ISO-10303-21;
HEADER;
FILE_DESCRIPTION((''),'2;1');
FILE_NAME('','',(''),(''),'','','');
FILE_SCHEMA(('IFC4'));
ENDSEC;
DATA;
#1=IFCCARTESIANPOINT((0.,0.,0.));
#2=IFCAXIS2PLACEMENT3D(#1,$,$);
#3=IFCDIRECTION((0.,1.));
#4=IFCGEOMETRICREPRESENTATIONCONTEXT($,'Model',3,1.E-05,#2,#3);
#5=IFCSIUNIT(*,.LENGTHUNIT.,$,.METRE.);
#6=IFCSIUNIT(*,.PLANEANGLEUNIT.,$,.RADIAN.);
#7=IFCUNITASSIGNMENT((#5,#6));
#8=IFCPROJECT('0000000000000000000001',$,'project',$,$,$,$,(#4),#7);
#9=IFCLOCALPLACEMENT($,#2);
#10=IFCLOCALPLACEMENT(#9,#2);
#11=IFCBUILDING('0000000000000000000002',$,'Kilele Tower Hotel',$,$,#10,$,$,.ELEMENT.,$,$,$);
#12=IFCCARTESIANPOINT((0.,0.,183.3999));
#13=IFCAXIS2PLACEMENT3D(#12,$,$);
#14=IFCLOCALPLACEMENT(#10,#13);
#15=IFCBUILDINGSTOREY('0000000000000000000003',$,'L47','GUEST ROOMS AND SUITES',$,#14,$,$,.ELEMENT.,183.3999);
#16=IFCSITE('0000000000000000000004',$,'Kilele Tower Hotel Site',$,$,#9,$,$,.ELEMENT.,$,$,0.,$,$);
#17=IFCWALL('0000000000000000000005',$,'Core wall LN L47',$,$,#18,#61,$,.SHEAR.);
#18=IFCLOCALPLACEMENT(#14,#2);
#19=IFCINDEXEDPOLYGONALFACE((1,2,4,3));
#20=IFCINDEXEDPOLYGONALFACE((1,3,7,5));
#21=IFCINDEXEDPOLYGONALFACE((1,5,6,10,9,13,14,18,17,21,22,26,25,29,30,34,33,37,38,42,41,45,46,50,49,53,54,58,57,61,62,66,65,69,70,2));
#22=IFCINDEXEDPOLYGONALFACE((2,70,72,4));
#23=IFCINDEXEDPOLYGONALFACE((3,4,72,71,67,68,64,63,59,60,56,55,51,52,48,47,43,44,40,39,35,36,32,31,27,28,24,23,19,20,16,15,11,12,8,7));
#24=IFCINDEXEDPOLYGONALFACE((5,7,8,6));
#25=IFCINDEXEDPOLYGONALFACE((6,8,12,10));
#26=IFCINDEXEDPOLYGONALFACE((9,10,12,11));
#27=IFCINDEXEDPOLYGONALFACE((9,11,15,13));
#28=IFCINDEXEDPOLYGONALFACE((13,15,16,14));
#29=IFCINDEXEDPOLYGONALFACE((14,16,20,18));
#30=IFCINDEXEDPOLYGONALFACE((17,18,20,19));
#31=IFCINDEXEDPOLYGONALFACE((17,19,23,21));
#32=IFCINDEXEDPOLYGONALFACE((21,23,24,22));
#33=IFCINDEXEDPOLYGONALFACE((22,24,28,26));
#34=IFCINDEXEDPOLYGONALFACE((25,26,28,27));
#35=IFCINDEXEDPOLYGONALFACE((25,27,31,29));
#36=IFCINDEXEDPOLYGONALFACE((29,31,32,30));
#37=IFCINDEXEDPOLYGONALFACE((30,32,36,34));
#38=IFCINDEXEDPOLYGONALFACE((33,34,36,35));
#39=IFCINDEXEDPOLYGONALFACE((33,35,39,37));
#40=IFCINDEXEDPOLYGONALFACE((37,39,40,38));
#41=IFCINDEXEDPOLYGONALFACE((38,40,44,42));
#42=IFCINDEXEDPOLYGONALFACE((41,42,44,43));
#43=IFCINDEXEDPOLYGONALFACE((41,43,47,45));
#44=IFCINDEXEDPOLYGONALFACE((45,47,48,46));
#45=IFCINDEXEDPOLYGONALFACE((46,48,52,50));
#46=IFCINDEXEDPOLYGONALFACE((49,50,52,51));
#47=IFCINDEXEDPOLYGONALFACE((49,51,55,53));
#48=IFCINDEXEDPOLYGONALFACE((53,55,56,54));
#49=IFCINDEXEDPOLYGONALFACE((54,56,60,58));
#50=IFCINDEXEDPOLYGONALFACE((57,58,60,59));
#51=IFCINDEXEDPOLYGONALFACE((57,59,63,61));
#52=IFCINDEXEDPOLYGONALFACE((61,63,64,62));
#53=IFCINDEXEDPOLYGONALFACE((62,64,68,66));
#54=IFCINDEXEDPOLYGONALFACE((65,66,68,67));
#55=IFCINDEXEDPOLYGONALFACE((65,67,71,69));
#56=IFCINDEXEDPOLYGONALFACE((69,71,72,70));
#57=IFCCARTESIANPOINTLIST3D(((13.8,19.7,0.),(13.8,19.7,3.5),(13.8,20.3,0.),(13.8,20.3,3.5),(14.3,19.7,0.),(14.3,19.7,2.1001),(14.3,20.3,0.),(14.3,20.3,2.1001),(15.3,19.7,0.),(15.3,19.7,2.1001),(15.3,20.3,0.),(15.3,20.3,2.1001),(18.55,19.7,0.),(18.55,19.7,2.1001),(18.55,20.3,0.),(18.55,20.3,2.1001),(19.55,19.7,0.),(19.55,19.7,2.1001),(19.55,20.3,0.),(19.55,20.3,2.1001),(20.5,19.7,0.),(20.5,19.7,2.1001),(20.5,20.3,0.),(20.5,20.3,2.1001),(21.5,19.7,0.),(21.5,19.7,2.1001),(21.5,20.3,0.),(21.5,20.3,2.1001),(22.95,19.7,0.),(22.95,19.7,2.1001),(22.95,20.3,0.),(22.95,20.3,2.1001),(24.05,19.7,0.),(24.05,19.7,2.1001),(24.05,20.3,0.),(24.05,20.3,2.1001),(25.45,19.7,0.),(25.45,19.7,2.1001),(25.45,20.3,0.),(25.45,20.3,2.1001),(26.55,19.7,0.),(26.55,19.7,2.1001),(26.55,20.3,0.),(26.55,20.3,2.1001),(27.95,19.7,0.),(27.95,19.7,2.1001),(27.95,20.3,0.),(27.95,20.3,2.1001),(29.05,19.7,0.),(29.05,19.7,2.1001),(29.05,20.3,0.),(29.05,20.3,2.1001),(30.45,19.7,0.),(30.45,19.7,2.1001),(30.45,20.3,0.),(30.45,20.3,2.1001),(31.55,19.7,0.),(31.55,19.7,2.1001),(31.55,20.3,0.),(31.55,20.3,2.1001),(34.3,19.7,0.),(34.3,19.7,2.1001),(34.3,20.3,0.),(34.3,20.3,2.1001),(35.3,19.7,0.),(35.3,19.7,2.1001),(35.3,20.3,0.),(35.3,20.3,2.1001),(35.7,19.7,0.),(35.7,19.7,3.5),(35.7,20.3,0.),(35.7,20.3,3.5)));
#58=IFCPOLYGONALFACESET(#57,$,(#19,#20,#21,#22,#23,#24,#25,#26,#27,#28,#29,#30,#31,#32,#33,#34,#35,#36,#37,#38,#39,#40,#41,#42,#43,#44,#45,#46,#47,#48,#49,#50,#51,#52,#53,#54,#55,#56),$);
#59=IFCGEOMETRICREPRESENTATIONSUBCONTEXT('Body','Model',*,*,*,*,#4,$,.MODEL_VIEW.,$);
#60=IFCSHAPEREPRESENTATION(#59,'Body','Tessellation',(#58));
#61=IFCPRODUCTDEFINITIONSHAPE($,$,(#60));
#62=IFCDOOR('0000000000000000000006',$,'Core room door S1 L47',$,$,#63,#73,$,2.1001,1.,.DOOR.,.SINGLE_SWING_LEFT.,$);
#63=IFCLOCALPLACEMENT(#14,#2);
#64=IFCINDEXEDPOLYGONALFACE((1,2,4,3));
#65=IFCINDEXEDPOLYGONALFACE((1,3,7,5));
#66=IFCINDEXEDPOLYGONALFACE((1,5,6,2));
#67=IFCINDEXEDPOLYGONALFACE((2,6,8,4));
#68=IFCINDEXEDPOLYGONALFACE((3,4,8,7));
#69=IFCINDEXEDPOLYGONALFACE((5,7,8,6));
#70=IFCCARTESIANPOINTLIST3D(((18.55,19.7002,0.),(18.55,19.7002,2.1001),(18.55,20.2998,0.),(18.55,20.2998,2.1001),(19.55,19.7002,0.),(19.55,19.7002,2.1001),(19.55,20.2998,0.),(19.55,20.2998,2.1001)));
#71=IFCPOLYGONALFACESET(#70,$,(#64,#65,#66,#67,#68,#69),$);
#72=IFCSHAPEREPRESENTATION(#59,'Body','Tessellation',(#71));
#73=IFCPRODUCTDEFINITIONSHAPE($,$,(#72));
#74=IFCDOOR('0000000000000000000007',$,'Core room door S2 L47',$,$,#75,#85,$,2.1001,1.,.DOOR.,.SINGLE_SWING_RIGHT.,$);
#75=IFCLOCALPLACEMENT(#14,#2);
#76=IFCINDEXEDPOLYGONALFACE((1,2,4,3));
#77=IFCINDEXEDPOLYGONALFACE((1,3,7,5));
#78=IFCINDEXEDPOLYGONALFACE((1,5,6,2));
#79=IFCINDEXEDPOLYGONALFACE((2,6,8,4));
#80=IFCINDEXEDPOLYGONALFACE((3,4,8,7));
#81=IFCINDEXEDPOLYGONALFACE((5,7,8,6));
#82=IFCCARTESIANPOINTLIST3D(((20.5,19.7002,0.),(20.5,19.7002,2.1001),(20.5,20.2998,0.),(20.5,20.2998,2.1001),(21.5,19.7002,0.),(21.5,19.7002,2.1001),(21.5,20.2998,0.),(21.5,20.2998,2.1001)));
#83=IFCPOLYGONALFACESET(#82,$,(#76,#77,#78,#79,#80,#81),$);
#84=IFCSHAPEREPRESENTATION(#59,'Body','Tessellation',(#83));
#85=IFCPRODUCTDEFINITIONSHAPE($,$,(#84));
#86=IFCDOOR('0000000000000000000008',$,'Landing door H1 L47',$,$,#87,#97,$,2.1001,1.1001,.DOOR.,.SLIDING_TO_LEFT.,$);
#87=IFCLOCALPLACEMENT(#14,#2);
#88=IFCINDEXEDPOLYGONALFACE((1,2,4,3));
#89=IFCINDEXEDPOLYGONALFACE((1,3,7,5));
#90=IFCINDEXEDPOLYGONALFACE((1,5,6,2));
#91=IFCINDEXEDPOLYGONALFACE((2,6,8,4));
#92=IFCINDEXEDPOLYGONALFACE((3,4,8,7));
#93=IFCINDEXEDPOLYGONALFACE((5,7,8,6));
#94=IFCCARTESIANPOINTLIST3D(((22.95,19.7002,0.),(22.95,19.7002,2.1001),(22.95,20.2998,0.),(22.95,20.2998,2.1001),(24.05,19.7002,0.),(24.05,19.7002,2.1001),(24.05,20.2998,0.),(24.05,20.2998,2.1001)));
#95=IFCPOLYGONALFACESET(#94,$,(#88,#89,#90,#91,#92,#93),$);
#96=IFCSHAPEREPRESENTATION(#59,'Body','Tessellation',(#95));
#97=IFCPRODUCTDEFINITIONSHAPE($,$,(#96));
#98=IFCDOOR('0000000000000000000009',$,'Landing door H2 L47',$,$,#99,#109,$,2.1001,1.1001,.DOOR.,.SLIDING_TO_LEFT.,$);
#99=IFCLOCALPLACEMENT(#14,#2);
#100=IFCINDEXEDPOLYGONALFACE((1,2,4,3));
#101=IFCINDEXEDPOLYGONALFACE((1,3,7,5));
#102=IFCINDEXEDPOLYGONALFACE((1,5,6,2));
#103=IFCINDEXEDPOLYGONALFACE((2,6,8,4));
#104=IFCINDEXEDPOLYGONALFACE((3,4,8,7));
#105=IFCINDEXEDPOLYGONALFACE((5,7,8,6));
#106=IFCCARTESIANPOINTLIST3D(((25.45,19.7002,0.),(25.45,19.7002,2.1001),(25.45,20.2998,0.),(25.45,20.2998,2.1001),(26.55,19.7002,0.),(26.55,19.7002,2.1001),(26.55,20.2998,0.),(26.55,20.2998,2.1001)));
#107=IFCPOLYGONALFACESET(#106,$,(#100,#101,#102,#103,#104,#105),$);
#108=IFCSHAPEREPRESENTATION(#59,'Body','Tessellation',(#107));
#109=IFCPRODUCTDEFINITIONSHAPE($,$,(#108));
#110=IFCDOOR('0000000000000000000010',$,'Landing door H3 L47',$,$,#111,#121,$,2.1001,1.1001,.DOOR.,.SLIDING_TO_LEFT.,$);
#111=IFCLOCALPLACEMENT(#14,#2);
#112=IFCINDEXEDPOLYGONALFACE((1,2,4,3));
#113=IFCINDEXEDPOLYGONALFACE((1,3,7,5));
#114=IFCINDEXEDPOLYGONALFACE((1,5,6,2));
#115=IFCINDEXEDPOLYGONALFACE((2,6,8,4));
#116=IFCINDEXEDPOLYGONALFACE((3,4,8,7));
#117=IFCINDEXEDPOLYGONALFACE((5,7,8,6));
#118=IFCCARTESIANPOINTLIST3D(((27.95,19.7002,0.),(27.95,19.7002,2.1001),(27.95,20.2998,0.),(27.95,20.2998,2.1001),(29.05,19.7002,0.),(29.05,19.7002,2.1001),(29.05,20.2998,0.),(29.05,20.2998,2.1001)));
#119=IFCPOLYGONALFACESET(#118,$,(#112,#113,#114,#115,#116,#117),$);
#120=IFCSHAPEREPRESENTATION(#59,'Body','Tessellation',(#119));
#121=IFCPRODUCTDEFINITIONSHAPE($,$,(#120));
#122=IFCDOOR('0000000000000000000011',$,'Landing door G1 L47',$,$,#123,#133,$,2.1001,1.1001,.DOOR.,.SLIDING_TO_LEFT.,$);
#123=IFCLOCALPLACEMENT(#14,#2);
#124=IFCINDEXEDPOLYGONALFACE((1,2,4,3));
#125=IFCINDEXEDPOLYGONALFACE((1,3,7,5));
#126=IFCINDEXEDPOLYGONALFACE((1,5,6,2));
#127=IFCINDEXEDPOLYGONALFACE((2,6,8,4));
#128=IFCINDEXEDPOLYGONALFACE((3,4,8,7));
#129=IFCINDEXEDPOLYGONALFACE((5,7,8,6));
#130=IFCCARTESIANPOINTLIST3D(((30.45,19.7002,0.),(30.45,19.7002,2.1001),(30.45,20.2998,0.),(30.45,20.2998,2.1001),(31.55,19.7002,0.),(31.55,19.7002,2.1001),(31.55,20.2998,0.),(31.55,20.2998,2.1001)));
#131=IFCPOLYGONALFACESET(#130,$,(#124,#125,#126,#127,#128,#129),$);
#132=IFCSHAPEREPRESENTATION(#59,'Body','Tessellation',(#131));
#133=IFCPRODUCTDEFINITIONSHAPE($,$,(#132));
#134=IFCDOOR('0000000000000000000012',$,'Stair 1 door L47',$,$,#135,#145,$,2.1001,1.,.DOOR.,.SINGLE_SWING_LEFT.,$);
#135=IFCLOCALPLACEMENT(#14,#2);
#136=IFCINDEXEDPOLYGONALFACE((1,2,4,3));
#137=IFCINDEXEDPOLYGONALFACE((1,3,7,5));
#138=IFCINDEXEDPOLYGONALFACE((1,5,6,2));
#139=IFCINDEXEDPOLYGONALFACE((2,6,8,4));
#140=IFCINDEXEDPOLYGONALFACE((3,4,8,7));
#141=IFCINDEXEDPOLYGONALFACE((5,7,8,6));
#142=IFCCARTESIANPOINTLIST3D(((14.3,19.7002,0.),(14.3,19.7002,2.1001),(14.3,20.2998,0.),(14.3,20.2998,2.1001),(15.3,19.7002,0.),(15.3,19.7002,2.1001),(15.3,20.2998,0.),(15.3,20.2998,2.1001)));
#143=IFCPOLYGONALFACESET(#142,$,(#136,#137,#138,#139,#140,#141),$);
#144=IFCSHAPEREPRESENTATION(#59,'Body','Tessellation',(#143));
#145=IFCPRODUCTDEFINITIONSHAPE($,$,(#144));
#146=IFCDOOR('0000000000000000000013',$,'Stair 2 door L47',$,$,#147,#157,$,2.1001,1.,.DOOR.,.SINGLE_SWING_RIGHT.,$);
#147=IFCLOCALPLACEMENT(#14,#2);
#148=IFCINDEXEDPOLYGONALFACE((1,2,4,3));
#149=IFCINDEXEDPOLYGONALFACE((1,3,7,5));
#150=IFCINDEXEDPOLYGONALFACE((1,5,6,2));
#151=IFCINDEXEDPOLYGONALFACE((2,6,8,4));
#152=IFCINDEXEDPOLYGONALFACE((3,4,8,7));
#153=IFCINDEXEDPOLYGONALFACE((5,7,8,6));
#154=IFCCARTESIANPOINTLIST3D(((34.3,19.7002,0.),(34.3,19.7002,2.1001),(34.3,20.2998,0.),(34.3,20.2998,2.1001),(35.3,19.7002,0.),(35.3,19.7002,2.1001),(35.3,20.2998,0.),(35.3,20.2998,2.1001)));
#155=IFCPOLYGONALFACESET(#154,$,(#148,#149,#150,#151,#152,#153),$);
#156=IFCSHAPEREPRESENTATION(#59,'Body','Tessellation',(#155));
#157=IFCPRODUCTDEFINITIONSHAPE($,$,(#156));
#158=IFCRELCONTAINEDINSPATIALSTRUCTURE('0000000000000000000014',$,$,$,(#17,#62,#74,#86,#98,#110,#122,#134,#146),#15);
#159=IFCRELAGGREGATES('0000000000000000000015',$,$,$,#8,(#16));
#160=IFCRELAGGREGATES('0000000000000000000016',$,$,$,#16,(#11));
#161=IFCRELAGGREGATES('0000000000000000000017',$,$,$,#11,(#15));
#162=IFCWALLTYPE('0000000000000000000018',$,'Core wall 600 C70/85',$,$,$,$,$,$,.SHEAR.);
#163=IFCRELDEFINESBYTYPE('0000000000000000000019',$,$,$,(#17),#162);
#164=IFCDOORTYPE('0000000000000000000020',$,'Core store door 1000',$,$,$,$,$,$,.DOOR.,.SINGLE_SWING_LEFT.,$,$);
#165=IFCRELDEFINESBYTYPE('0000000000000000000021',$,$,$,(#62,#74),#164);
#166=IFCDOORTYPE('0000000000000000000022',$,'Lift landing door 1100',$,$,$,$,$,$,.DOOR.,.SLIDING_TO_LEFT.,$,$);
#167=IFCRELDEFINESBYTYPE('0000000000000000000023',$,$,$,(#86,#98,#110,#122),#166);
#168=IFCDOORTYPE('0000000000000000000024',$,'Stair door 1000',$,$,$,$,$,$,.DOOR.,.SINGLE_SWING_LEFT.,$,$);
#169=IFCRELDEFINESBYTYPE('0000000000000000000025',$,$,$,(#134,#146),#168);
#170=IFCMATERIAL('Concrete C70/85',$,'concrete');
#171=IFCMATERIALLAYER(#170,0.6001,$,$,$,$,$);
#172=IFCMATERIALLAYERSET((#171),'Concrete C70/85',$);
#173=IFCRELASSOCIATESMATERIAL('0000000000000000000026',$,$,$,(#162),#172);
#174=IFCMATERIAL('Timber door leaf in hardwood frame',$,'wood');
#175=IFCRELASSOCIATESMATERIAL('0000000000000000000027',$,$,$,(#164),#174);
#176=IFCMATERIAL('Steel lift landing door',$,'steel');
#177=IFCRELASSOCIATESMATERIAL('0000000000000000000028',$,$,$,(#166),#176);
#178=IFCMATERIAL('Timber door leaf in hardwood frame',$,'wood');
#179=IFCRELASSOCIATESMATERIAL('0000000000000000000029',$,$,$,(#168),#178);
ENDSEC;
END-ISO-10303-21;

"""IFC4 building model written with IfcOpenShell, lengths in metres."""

from ifc_helpers import new_model, si_unit, direction, frame, frame_2d, origin, place, context, subcontext, project, spatial, rectangle, extrude, material, layer, layer_set, type_object, element, fill, save


model = new_model("IFC4")

# Units and contexts
model_context = context("Model", 3, precision=1e-05, world=origin(), true_north=direction((0.0, 1.0)))
body_context = subcontext(model_context, "Body", "Model", "MODEL_VIEW")
ifc_project = project(units=[si_unit("LENGTHUNIT", "METRE"), si_unit("PLANEANGLEUNIT", "RADIAN")], contexts=[model_context])

# Site, building, storey
site_placement = place(None, origin())
site = spatial("IfcSite", under=ifc_project, at=site_placement, Name="Kilele Tower Hotel Site", CompositionType="ELEMENT", RefElevation=0.0)
building_placement = place(site_placement, origin())
building = spatial("IfcBuilding", under=site, at=building_placement, Name="Kilele Tower Hotel", CompositionType="ELEMENT")
storey_placement = place(building_placement, frame((0.0, 0.0, 183.3999)))
storey = spatial("IfcBuildingStorey", under=building, at=storey_placement, Name="L47", Description="GUEST ROOMS AND SUITES", CompositionType="ELEMENT", Elevation=183.3999)

# Wall, openings, doors
ifc_material_1 = material(Name="Concrete C70/85", Category="concrete")
ifc_layer = layer(ifc_material_1, 0.6001)
ifc_layer_set = layer_set([ifc_layer], Name="Concrete C70/85")
wall_type = type_object("IfcWallType", Name="Core wall 600 C70/85", PredefinedType="SHEAR", material=ifc_layer_set)
ifc_material_2 = material(Name="Timber door leaf in hardwood frame", Category="wood")
door_type_1 = type_object("IfcDoorType", Name="Core store door 1000", OperationType="SINGLE_SWING_LEFT", PredefinedType="DOOR", material=ifc_material_2)
wall_1_placement = place(storey_placement, frame((13.8, 20.0, 0.0), z_axis=(0.0, 0.0, 1.0), x_axis=(1.0, 0.0, 0.0)))
wall_1 = element("IfcWall", 1, at=wall_1_placement, inside=storey, type_object=wall_type, Name="Core wall LN L47", PredefinedType="SHEAR", context=body_context, shape_type="SweptSolid", body=[
    extrude(rectangle(XDim=21.8999, YDim=0.6001, at=frame_2d((10.95, 0.0))), origin(), (0.0, 0.0, 1.0), 3.5),
])
opening_1_placement = place(wall_1_placement, frame((0.5, 0.0, 0.0)))
opening_1 = element("IfcOpeningElement", 2, at=opening_1_placement, cuts=wall_1, PredefinedType="OPENING", context=body_context, shape_type="SweptSolid", body=[
    extrude(rectangle(XDim=1.0, YDim=2.1001, at=frame_2d((0.5, 1.05))), frame((0.0, 0.3101, 0.0), z_axis=(0.0, -1.0, 0.0), x_axis=(1.0, 0.0, 0.0)), (0.0, 0.0, 1.0), 0.6201),
])
opening_2_placement = place(wall_1_placement, frame((20.5, 0.0, 0.0)))
opening_2 = element("IfcOpeningElement", 3, at=opening_2_placement, cuts=wall_1, PredefinedType="OPENING", context=body_context, shape_type="SweptSolid", body=[
    extrude(rectangle(XDim=1.0, YDim=2.1001, at=frame_2d((0.5, 1.05))), frame((0.0, 0.3101, 0.0), z_axis=(0.0, -1.0, 0.0), x_axis=(1.0, 0.0, 0.0)), (0.0, 0.0, 1.0), 0.6201),
])
opening_3_placement = place(wall_1_placement, frame((9.1499, 0.0, 0.0)))
opening_3 = element("IfcOpeningElement", 4, at=opening_3_placement, cuts=wall_1, PredefinedType="OPENING", context=body_context, shape_type="SweptSolid", body=[
    extrude(rectangle(XDim=1.1001, YDim=2.1001, at=frame_2d((0.55, 1.05))), frame((0.0, 0.3101, 0.0), z_axis=(0.0, -1.0, 0.0), x_axis=(1.0, 0.0, 0.0)), (0.0, 0.0, 1.0), 0.6201),
])
opening_4_placement = place(wall_1_placement, frame((11.6499, 0.0, 0.0)))
opening_4 = element("IfcOpeningElement", 5, at=opening_4_placement, cuts=wall_1, PredefinedType="OPENING", context=body_context, shape_type="SweptSolid", body=[
    extrude(rectangle(XDim=1.1001, YDim=2.1001, at=frame_2d((0.55, 1.05))), frame((0.0, 0.3101, 0.0), z_axis=(0.0, -1.0, 0.0), x_axis=(1.0, 0.0, 0.0)), (0.0, 0.0, 1.0), 0.6201),
])
opening_5_placement = place(wall_1_placement, frame((14.1499, 0.0, 0.0)))
opening_5 = element("IfcOpeningElement", 6, at=opening_5_placement, cuts=wall_1, PredefinedType="OPENING", context=body_context, shape_type="SweptSolid", body=[
    extrude(rectangle(XDim=1.1001, YDim=2.1001, at=frame_2d((0.55, 1.05))), frame((0.0, 0.3101, 0.0), z_axis=(0.0, -1.0, 0.0), x_axis=(1.0, 0.0, 0.0)), (0.0, 0.0, 1.0), 0.6201),
])
opening_6_placement = place(wall_1_placement, frame((16.6499, 0.0, 0.0)))
opening_6 = element("IfcOpeningElement", 7, at=opening_6_placement, cuts=wall_1, PredefinedType="OPENING", context=body_context, shape_type="SweptSolid", body=[
    extrude(rectangle(XDim=1.1001, YDim=2.1001, at=frame_2d((0.55, 1.05))), frame((0.0, 0.3101, 0.0), z_axis=(0.0, -1.0, 0.0), x_axis=(1.0, 0.0, 0.0)), (0.0, 0.0, 1.0), 0.6201),
])
opening_7_placement = place(wall_1_placement, frame((4.75, 0.0, 0.0)))
opening_7 = element("IfcOpeningElement", 8, at=opening_7_placement, cuts=wall_1, PredefinedType="OPENING", context=body_context, shape_type="SweptSolid", body=[
    extrude(rectangle(XDim=1.0, YDim=2.1001, at=frame_2d((0.5, 1.05))), frame((0.0, 0.3101, 0.0), z_axis=(0.0, -1.0, 0.0), x_axis=(1.0, 0.0, 0.0)), (0.0, 0.0, 1.0), 0.6201),
])
opening_8_placement = place(wall_1_placement, frame((6.7, 0.0, 0.0)))
opening_8 = element("IfcOpeningElement", 9, at=opening_8_placement, cuts=wall_1, PredefinedType="OPENING", context=body_context, shape_type="SweptSolid", body=[
    extrude(rectangle(XDim=1.0, YDim=2.1001, at=frame_2d((0.5, 1.05))), frame((0.0, 0.3101, 0.0), z_axis=(0.0, -1.0, 0.0), x_axis=(1.0, 0.0, 0.0)), (0.0, 0.0, 1.0), 0.6201),
])
door_1_placement = place(opening_7_placement, origin())
door_1 = element("IfcDoor", 10, at=door_1_placement, inside=storey, type_object=door_type_1, Name="Core room door S1 L47", OperationType="SINGLE_SWING_LEFT", OverallHeight=2.1001, OverallWidth=1.0, PredefinedType="DOOR", context=body_context, shape_type="SweptSolid", body=[
    extrude(rectangle(XDim=1.0, YDim=2.1001, at=frame_2d((0.5, 1.05))), frame((0.0, 0.2998, 0.0), z_axis=(0.0, -1.0, 0.0), x_axis=(1.0, 0.0, 0.0)), (0.0, 0.0, 1.0), 0.5996),
])
fill(opening_7, door_1)
door_2_placement = place(opening_8_placement, origin())
door_2 = element("IfcDoor", 11, at=door_2_placement, inside=storey, type_object=door_type_1, Name="Core room door S2 L47", OperationType="SINGLE_SWING_RIGHT", OverallHeight=2.1001, OverallWidth=1.0, PredefinedType="DOOR", context=body_context, shape_type="SweptSolid", body=[
    extrude(rectangle(XDim=1.0, YDim=2.1001, at=frame_2d((0.5, 1.05))), frame((0.0, 0.2998, 0.0), z_axis=(0.0, -1.0, 0.0), x_axis=(1.0, 0.0, 0.0)), (0.0, 0.0, 1.0), 0.5996),
])
fill(opening_8, door_2)
ifc_material_3 = material(Name="Steel lift landing door", Category="steel")
door_type_2 = type_object("IfcDoorType", Name="Lift landing door 1100", OperationType="SLIDING_TO_LEFT", PredefinedType="DOOR", material=ifc_material_3)
door_3_placement = place(opening_3_placement, origin())
door_3 = element("IfcDoor", 12, at=door_3_placement, inside=storey, type_object=door_type_2, Name="Landing door H1 L47", OperationType="SLIDING_TO_LEFT", OverallHeight=2.1001, OverallWidth=1.1001, PredefinedType="DOOR", context=body_context, shape_type="SweptSolid", body=[
    extrude(rectangle(XDim=1.1001, YDim=2.1001, at=frame_2d((0.55, 1.05))), frame((0.0, 0.2998, 0.0), z_axis=(0.0, -1.0, 0.0), x_axis=(1.0, 0.0, 0.0)), (0.0, 0.0, 1.0), 0.5996),
])
fill(opening_3, door_3)
door_4_placement = place(opening_4_placement, origin())
door_4 = element("IfcDoor", 13, at=door_4_placement, inside=storey, type_object=door_type_2, Name="Landing door H2 L47", OperationType="SLIDING_TO_LEFT", OverallHeight=2.1001, OverallWidth=1.1001, PredefinedType="DOOR", context=body_context, shape_type="SweptSolid", body=[
    extrude(rectangle(XDim=1.1001, YDim=2.1001, at=frame_2d((0.55, 1.05))), frame((0.0, 0.2998, 0.0), z_axis=(0.0, -1.0, 0.0), x_axis=(1.0, 0.0, 0.0)), (0.0, 0.0, 1.0), 0.5996),
])
fill(opening_4, door_4)
door_5_placement = place(opening_5_placement, origin())
door_5 = element("IfcDoor", 14, at=door_5_placement, inside=storey, type_object=door_type_2, Name="Landing door H3 L47", OperationType="SLIDING_TO_LEFT", OverallHeight=2.1001, OverallWidth=1.1001, PredefinedType="DOOR", context=body_context, shape_type="SweptSolid", body=[
    extrude(rectangle(XDim=1.1001, YDim=2.1001, at=frame_2d((0.55, 1.05))), frame((0.0, 0.2998, 0.0), z_axis=(0.0, -1.0, 0.0), x_axis=(1.0, 0.0, 0.0)), (0.0, 0.0, 1.0), 0.5996),
])
fill(opening_5, door_5)
door_6_placement = place(opening_6_placement, origin())
door_6 = element("IfcDoor", 15, at=door_6_placement, inside=storey, type_object=door_type_2, Name="Landing door G1 L47", OperationType="SLIDING_TO_LEFT", OverallHeight=2.1001, OverallWidth=1.1001, PredefinedType="DOOR", context=body_context, shape_type="SweptSolid", body=[
    extrude(rectangle(XDim=1.1001, YDim=2.1001, at=frame_2d((0.55, 1.05))), frame((0.0, 0.2998, 0.0), z_axis=(0.0, -1.0, 0.0), x_axis=(1.0, 0.0, 0.0)), (0.0, 0.0, 1.0), 0.5996),
])
fill(opening_6, door_6)
ifc_material_4 = material(Name="Timber door leaf in hardwood frame", Category="wood")
door_type_3 = type_object("IfcDoorType", Name="Stair door 1000", OperationType="SINGLE_SWING_LEFT", PredefinedType="DOOR", material=ifc_material_4)
door_7_placement = place(opening_1_placement, origin())
door_7 = element("IfcDoor", 16, at=door_7_placement, inside=storey, type_object=door_type_3, Name="Stair 1 door L47", OperationType="SINGLE_SWING_LEFT", OverallHeight=2.1001, OverallWidth=1.0, PredefinedType="DOOR", context=body_context, shape_type="SweptSolid", body=[
    extrude(rectangle(XDim=1.0, YDim=2.1001, at=frame_2d((0.5, 1.05))), frame((0.0, 0.2998, 0.0), z_axis=(0.0, -1.0, 0.0), x_axis=(1.0, 0.0, 0.0)), (0.0, 0.0, 1.0), 0.5996),
])
fill(opening_1, door_7)
door_8_placement = place(opening_2_placement, origin())
door_8 = element("IfcDoor", 17, at=door_8_placement, inside=storey, type_object=door_type_3, Name="Stair 2 door L47", OperationType="SINGLE_SWING_RIGHT", OverallHeight=2.1001, OverallWidth=1.0, PredefinedType="DOOR", context=body_context, shape_type="SweptSolid", body=[
    extrude(rectangle(XDim=1.0, YDim=2.1001, at=frame_2d((0.5, 1.05))), frame((0.0, 0.2998, 0.0), z_axis=(0.0, -1.0, 0.0), x_axis=(1.0, 0.0, 0.0)), (0.0, 0.0, 1.0), 0.5996),
])
fill(opening_2, door_8)

save(model, "model.ifc")
